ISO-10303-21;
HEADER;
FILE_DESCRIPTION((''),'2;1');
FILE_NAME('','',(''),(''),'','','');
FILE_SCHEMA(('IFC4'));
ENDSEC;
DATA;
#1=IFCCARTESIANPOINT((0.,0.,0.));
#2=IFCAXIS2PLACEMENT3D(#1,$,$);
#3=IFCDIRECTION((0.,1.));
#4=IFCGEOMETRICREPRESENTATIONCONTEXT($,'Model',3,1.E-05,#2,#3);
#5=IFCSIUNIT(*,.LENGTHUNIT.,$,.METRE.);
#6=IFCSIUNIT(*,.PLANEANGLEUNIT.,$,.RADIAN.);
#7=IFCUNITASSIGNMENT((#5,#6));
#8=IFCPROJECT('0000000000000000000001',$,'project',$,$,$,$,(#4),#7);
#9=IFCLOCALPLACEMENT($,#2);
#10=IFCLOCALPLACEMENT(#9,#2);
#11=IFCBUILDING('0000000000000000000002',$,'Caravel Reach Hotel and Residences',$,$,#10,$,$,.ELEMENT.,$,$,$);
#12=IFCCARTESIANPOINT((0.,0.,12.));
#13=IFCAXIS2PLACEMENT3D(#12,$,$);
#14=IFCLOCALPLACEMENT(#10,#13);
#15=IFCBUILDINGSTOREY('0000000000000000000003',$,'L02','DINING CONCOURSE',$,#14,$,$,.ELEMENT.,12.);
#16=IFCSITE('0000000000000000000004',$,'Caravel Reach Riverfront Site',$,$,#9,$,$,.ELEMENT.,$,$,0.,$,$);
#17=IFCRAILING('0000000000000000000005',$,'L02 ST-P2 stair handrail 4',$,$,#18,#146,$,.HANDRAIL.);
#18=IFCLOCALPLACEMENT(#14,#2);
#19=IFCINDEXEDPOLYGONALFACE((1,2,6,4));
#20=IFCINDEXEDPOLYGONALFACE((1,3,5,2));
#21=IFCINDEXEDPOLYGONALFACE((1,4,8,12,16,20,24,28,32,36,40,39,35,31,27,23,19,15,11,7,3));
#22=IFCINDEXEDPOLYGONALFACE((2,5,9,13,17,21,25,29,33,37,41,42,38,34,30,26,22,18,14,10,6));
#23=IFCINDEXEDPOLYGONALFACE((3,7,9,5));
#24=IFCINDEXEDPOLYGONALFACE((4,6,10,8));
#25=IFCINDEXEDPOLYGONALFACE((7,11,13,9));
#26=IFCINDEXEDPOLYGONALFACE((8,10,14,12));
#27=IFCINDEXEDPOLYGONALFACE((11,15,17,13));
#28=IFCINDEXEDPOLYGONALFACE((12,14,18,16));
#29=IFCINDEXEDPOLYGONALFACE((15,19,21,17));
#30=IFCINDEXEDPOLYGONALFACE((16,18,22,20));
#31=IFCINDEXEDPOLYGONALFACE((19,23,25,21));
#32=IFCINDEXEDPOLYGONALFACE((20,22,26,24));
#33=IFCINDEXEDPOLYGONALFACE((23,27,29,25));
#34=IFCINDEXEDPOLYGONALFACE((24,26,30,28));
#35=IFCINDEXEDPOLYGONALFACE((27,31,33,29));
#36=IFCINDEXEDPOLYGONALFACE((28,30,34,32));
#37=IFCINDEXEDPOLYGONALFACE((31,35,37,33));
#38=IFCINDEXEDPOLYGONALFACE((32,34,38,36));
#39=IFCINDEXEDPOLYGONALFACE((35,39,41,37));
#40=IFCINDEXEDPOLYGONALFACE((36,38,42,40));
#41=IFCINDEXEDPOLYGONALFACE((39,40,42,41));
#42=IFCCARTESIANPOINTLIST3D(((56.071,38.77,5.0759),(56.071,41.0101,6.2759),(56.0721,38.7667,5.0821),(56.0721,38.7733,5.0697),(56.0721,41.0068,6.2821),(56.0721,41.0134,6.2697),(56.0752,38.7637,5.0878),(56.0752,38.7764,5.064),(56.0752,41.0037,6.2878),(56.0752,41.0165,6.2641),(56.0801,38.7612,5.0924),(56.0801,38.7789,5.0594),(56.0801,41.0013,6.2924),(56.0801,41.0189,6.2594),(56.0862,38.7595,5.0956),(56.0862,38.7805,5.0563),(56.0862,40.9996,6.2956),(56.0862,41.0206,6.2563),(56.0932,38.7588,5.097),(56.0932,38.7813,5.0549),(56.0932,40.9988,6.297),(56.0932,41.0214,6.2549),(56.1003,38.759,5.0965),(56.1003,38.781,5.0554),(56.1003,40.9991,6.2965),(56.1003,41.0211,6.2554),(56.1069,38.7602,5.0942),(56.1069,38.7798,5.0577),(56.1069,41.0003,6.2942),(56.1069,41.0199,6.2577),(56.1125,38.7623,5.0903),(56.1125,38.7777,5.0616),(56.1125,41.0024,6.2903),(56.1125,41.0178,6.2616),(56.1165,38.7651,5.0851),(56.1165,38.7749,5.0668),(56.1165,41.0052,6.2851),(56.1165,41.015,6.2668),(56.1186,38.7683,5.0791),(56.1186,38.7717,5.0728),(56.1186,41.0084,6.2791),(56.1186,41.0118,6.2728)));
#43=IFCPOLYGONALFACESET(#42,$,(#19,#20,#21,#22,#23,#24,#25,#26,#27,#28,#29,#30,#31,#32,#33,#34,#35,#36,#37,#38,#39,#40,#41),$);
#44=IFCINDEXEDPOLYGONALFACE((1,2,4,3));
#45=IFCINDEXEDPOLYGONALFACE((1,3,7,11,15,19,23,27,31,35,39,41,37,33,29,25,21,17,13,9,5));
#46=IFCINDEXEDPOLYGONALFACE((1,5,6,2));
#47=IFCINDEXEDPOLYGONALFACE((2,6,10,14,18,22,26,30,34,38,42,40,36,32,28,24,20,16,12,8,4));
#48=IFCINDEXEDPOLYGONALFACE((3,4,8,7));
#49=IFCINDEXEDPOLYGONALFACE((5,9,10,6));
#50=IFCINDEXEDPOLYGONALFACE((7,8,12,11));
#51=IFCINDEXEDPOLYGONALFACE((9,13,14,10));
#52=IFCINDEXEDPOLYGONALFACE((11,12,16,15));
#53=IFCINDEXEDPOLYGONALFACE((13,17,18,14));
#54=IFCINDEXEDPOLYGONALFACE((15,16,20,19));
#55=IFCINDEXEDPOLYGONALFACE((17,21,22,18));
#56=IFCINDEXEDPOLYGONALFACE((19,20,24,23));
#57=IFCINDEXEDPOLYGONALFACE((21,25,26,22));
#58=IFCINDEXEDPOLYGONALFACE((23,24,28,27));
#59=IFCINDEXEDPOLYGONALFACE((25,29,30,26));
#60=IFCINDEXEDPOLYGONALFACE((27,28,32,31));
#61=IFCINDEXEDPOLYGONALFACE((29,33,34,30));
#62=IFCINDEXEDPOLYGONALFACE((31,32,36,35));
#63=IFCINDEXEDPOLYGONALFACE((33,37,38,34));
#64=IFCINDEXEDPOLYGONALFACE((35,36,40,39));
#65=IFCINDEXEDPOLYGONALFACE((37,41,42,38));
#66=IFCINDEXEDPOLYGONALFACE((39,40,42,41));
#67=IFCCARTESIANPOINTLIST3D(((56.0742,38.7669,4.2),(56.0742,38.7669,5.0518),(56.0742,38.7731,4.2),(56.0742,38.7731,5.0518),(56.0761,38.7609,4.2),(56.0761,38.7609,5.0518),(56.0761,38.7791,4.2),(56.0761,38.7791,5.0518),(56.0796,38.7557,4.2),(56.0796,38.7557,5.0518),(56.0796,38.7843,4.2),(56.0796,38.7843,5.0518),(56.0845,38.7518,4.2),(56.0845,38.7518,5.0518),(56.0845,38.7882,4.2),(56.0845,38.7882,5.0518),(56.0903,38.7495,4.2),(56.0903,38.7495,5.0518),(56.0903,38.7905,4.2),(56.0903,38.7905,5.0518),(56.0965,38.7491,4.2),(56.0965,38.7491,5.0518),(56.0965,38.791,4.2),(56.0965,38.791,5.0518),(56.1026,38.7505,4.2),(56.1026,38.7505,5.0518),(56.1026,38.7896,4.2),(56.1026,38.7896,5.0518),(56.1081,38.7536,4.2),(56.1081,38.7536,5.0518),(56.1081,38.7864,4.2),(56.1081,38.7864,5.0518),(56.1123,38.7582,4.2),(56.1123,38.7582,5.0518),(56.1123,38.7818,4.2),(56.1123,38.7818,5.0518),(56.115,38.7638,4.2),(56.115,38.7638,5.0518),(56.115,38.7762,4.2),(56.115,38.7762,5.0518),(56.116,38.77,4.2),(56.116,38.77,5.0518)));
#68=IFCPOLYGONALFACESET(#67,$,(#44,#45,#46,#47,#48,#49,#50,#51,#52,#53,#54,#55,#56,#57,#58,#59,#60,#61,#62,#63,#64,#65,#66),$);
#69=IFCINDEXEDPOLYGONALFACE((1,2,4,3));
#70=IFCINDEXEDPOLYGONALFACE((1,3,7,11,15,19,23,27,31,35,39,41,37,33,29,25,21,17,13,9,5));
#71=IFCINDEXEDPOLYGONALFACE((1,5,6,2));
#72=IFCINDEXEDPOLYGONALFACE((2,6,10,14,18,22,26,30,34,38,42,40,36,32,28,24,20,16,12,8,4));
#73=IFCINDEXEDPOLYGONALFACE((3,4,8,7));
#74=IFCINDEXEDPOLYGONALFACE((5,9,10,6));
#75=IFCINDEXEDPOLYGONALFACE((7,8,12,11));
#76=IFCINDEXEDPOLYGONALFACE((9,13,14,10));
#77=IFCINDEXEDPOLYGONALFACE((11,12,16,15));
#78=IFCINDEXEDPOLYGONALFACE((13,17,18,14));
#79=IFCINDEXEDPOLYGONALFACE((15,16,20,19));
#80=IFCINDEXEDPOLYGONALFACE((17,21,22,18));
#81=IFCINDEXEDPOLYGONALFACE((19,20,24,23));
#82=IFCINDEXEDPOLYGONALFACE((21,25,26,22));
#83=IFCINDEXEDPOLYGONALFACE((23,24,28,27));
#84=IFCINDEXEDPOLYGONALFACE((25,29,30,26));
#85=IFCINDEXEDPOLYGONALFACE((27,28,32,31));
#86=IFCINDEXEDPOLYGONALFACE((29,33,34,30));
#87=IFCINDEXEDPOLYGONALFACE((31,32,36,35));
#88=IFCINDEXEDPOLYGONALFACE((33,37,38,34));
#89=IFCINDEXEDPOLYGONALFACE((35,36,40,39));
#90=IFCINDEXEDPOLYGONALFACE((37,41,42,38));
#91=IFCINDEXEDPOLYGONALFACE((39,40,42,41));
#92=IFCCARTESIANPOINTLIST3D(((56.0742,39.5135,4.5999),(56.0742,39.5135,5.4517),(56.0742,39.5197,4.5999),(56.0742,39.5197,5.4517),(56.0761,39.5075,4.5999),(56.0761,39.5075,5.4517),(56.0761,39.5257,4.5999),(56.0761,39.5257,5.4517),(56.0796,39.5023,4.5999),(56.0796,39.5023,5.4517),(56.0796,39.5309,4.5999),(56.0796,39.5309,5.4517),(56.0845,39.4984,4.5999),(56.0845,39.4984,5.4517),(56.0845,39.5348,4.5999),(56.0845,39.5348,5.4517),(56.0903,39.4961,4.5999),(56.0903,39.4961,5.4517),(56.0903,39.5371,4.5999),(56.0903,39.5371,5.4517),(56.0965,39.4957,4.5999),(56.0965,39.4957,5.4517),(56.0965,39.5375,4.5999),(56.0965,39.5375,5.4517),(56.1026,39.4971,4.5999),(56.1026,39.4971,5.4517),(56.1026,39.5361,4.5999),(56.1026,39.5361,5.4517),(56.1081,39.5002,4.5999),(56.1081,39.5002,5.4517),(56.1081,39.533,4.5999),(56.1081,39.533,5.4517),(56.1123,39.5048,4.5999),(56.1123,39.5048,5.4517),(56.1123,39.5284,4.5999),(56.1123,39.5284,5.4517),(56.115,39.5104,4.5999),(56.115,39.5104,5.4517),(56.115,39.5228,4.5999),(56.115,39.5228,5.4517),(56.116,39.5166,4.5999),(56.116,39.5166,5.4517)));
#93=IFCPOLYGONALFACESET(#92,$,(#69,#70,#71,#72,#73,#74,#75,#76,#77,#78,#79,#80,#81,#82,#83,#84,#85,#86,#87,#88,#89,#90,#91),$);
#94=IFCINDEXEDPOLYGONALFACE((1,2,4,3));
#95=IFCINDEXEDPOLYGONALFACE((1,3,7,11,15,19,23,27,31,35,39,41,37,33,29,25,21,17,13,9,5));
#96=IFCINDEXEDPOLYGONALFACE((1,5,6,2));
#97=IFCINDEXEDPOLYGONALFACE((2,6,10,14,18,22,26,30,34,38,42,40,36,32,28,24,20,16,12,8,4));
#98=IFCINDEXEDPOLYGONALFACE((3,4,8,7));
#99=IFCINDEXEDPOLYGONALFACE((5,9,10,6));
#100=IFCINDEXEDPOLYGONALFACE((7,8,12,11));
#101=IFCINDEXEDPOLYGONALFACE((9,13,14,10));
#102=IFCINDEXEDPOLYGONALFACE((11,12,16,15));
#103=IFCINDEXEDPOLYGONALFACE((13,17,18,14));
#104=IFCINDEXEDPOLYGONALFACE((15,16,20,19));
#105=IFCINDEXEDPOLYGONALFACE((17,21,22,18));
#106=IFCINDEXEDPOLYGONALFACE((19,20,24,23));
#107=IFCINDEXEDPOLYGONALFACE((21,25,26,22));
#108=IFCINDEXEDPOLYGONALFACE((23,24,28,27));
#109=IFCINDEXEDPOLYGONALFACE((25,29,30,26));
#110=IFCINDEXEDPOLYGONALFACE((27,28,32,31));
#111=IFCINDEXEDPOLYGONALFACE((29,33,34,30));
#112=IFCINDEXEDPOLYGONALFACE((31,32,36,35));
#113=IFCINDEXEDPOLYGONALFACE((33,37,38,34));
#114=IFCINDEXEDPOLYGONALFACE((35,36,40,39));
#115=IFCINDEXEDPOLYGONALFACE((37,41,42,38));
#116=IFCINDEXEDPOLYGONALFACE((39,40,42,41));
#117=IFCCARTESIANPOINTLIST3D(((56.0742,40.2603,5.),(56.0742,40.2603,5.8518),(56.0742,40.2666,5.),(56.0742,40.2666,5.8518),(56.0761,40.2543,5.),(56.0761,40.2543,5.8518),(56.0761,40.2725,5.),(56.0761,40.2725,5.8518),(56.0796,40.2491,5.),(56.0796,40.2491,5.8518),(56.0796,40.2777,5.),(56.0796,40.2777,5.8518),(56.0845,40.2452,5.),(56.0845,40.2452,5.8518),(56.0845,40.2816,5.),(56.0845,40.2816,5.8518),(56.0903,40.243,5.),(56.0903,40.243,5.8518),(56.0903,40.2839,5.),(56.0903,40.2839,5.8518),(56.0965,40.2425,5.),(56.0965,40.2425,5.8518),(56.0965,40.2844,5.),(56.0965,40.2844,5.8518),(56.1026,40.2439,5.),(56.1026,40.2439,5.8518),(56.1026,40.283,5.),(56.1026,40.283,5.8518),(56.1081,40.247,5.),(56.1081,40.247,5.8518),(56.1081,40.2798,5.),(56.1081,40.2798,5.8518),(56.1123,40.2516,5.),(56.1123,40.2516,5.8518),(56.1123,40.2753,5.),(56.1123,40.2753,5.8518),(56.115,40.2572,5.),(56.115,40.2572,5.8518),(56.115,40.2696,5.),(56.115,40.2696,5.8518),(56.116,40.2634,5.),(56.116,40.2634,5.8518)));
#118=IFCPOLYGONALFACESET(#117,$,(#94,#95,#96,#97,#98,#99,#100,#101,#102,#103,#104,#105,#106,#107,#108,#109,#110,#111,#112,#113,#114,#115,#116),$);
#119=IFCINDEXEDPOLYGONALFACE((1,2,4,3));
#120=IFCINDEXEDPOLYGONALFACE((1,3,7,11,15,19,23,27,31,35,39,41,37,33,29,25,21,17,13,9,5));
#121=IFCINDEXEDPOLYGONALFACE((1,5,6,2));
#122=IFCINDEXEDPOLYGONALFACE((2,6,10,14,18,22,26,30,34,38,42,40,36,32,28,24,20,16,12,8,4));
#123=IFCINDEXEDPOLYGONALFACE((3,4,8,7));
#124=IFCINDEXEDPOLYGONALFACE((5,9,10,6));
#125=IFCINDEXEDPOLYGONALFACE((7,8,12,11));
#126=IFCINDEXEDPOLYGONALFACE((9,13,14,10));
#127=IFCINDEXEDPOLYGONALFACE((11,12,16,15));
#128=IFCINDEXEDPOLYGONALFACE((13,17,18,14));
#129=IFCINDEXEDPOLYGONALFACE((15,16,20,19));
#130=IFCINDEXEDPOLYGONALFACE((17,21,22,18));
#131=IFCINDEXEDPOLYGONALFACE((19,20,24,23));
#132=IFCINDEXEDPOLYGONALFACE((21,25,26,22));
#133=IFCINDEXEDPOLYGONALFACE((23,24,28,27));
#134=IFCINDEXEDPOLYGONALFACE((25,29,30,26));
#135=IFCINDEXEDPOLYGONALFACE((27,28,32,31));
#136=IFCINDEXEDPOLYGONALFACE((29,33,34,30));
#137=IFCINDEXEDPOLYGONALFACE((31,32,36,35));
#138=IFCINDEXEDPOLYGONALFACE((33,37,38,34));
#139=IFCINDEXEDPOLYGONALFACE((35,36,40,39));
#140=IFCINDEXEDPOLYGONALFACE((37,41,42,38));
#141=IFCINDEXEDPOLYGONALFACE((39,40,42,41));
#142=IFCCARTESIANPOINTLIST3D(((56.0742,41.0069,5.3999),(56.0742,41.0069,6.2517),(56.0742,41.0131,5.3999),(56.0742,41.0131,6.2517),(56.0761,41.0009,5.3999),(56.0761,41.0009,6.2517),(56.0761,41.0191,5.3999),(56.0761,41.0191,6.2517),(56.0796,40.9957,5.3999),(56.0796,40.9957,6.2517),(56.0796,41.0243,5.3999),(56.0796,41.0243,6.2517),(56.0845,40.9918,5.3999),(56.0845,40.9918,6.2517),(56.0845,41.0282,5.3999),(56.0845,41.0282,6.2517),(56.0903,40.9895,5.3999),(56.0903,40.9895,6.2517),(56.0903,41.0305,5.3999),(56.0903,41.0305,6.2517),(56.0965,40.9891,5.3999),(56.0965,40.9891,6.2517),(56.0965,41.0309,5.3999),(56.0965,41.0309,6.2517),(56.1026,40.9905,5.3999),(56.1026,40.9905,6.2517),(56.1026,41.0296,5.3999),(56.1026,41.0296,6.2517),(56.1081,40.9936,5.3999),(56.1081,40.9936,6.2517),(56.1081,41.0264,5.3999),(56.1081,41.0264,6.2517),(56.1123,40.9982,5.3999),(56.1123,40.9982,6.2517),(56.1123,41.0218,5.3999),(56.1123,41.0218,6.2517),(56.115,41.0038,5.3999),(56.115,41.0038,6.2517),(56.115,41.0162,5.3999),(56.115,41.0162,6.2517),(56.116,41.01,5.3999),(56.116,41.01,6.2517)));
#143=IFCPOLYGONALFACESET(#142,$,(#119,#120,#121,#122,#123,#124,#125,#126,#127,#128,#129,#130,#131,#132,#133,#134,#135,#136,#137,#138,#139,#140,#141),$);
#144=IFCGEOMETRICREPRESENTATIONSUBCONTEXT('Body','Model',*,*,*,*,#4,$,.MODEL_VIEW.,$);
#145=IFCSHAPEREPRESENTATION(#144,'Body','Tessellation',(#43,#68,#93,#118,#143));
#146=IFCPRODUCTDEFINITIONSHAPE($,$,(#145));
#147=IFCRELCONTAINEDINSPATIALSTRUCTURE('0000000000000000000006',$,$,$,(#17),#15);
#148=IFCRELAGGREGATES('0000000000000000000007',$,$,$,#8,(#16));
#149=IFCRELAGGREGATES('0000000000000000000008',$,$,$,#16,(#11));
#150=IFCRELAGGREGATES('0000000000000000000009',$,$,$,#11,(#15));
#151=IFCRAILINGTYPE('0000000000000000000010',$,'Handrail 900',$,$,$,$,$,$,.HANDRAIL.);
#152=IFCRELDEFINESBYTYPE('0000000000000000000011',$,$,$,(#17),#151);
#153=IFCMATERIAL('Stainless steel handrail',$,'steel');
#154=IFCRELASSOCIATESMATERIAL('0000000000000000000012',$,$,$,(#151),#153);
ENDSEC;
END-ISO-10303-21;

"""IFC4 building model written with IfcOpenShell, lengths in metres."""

from ifc_helpers import new_model, si_unit, direction, frame, origin, origin_2d, place, context, subcontext, project, spatial, circle, extrude, material, type_object, element, save


model = new_model("IFC4")

# Units and contexts
model_context = context("Model", 3, precision=1e-05, world=origin(), true_north=direction((0.0, 1.0)))
body_context = subcontext(model_context, "Body", "Model", "MODEL_VIEW")
ifc_project = project(units=[si_unit("LENGTHUNIT", "METRE"), si_unit("PLANEANGLEUNIT", "RADIAN")], contexts=[model_context])

# Site, building, storey
site_placement = place(None, origin())
site = spatial("IfcSite", under=ifc_project, at=site_placement, Name="Caravel Reach Riverfront Site", CompositionType="ELEMENT", RefElevation=0.0)
building_placement = place(site_placement, origin())
building = spatial("IfcBuilding", under=site, at=building_placement, Name="Caravel Reach Hotel and Residences", CompositionType="ELEMENT")
storey_placement = place(building_placement, frame((0.0, 0.0, 12.0)))
storey = spatial("IfcBuildingStorey", under=building, at=storey_placement, Name="L02", Description="DINING CONCOURSE", CompositionType="ELEMENT", Elevation=12.0)

# Railing
ifc_material_1 = material(Name="Stainless steel handrail", Category="steel")
railing_type = type_object("IfcRailingType", Name="Handrail 900", PredefinedType="HANDRAIL", material=ifc_material_1)
for number, where, name in (
    (1, (56.095, 38.77, 4.2), "L02 ST-P2 stair handrail 4"),
):
    element("IfcRailing", number, at=place(storey_placement, frame(where)), inside=storey, type_object=railing_type, Name=name, PredefinedType="HANDRAIL", context=body_context, shape_type="SweptSolid", body=[
        extrude(circle(Radius=0.0239, at=origin_2d()), frame((0.0, 0.0, 0.876), z_axis=(0.0, 0.881487, 0.472208), x_axis=(-1.0, 0.0, 0.0)), (0.0, 0.0, 1.0), 2.5413),
        extrude(circle(Radius=0.021, at=origin_2d()), origin(), (0.0, 0.0, 1.0), 0.8518),
        extrude(circle(Radius=0.021, at=origin_2d()), frame((0.0, 0.7466, 0.3999)), (0.0, 0.0, 1.0), 0.8518),
        extrude(circle(Radius=0.021, at=origin_2d()), frame((0.0, 1.4934, 0.8)), (0.0, 0.0, 1.0), 0.8518),
        extrude(circle(Radius=0.021, at=origin_2d()), frame((0.0, 2.24, 1.2)), (0.0, 0.0, 1.0), 0.8518),
    ])

save(model, "model.ifc")
